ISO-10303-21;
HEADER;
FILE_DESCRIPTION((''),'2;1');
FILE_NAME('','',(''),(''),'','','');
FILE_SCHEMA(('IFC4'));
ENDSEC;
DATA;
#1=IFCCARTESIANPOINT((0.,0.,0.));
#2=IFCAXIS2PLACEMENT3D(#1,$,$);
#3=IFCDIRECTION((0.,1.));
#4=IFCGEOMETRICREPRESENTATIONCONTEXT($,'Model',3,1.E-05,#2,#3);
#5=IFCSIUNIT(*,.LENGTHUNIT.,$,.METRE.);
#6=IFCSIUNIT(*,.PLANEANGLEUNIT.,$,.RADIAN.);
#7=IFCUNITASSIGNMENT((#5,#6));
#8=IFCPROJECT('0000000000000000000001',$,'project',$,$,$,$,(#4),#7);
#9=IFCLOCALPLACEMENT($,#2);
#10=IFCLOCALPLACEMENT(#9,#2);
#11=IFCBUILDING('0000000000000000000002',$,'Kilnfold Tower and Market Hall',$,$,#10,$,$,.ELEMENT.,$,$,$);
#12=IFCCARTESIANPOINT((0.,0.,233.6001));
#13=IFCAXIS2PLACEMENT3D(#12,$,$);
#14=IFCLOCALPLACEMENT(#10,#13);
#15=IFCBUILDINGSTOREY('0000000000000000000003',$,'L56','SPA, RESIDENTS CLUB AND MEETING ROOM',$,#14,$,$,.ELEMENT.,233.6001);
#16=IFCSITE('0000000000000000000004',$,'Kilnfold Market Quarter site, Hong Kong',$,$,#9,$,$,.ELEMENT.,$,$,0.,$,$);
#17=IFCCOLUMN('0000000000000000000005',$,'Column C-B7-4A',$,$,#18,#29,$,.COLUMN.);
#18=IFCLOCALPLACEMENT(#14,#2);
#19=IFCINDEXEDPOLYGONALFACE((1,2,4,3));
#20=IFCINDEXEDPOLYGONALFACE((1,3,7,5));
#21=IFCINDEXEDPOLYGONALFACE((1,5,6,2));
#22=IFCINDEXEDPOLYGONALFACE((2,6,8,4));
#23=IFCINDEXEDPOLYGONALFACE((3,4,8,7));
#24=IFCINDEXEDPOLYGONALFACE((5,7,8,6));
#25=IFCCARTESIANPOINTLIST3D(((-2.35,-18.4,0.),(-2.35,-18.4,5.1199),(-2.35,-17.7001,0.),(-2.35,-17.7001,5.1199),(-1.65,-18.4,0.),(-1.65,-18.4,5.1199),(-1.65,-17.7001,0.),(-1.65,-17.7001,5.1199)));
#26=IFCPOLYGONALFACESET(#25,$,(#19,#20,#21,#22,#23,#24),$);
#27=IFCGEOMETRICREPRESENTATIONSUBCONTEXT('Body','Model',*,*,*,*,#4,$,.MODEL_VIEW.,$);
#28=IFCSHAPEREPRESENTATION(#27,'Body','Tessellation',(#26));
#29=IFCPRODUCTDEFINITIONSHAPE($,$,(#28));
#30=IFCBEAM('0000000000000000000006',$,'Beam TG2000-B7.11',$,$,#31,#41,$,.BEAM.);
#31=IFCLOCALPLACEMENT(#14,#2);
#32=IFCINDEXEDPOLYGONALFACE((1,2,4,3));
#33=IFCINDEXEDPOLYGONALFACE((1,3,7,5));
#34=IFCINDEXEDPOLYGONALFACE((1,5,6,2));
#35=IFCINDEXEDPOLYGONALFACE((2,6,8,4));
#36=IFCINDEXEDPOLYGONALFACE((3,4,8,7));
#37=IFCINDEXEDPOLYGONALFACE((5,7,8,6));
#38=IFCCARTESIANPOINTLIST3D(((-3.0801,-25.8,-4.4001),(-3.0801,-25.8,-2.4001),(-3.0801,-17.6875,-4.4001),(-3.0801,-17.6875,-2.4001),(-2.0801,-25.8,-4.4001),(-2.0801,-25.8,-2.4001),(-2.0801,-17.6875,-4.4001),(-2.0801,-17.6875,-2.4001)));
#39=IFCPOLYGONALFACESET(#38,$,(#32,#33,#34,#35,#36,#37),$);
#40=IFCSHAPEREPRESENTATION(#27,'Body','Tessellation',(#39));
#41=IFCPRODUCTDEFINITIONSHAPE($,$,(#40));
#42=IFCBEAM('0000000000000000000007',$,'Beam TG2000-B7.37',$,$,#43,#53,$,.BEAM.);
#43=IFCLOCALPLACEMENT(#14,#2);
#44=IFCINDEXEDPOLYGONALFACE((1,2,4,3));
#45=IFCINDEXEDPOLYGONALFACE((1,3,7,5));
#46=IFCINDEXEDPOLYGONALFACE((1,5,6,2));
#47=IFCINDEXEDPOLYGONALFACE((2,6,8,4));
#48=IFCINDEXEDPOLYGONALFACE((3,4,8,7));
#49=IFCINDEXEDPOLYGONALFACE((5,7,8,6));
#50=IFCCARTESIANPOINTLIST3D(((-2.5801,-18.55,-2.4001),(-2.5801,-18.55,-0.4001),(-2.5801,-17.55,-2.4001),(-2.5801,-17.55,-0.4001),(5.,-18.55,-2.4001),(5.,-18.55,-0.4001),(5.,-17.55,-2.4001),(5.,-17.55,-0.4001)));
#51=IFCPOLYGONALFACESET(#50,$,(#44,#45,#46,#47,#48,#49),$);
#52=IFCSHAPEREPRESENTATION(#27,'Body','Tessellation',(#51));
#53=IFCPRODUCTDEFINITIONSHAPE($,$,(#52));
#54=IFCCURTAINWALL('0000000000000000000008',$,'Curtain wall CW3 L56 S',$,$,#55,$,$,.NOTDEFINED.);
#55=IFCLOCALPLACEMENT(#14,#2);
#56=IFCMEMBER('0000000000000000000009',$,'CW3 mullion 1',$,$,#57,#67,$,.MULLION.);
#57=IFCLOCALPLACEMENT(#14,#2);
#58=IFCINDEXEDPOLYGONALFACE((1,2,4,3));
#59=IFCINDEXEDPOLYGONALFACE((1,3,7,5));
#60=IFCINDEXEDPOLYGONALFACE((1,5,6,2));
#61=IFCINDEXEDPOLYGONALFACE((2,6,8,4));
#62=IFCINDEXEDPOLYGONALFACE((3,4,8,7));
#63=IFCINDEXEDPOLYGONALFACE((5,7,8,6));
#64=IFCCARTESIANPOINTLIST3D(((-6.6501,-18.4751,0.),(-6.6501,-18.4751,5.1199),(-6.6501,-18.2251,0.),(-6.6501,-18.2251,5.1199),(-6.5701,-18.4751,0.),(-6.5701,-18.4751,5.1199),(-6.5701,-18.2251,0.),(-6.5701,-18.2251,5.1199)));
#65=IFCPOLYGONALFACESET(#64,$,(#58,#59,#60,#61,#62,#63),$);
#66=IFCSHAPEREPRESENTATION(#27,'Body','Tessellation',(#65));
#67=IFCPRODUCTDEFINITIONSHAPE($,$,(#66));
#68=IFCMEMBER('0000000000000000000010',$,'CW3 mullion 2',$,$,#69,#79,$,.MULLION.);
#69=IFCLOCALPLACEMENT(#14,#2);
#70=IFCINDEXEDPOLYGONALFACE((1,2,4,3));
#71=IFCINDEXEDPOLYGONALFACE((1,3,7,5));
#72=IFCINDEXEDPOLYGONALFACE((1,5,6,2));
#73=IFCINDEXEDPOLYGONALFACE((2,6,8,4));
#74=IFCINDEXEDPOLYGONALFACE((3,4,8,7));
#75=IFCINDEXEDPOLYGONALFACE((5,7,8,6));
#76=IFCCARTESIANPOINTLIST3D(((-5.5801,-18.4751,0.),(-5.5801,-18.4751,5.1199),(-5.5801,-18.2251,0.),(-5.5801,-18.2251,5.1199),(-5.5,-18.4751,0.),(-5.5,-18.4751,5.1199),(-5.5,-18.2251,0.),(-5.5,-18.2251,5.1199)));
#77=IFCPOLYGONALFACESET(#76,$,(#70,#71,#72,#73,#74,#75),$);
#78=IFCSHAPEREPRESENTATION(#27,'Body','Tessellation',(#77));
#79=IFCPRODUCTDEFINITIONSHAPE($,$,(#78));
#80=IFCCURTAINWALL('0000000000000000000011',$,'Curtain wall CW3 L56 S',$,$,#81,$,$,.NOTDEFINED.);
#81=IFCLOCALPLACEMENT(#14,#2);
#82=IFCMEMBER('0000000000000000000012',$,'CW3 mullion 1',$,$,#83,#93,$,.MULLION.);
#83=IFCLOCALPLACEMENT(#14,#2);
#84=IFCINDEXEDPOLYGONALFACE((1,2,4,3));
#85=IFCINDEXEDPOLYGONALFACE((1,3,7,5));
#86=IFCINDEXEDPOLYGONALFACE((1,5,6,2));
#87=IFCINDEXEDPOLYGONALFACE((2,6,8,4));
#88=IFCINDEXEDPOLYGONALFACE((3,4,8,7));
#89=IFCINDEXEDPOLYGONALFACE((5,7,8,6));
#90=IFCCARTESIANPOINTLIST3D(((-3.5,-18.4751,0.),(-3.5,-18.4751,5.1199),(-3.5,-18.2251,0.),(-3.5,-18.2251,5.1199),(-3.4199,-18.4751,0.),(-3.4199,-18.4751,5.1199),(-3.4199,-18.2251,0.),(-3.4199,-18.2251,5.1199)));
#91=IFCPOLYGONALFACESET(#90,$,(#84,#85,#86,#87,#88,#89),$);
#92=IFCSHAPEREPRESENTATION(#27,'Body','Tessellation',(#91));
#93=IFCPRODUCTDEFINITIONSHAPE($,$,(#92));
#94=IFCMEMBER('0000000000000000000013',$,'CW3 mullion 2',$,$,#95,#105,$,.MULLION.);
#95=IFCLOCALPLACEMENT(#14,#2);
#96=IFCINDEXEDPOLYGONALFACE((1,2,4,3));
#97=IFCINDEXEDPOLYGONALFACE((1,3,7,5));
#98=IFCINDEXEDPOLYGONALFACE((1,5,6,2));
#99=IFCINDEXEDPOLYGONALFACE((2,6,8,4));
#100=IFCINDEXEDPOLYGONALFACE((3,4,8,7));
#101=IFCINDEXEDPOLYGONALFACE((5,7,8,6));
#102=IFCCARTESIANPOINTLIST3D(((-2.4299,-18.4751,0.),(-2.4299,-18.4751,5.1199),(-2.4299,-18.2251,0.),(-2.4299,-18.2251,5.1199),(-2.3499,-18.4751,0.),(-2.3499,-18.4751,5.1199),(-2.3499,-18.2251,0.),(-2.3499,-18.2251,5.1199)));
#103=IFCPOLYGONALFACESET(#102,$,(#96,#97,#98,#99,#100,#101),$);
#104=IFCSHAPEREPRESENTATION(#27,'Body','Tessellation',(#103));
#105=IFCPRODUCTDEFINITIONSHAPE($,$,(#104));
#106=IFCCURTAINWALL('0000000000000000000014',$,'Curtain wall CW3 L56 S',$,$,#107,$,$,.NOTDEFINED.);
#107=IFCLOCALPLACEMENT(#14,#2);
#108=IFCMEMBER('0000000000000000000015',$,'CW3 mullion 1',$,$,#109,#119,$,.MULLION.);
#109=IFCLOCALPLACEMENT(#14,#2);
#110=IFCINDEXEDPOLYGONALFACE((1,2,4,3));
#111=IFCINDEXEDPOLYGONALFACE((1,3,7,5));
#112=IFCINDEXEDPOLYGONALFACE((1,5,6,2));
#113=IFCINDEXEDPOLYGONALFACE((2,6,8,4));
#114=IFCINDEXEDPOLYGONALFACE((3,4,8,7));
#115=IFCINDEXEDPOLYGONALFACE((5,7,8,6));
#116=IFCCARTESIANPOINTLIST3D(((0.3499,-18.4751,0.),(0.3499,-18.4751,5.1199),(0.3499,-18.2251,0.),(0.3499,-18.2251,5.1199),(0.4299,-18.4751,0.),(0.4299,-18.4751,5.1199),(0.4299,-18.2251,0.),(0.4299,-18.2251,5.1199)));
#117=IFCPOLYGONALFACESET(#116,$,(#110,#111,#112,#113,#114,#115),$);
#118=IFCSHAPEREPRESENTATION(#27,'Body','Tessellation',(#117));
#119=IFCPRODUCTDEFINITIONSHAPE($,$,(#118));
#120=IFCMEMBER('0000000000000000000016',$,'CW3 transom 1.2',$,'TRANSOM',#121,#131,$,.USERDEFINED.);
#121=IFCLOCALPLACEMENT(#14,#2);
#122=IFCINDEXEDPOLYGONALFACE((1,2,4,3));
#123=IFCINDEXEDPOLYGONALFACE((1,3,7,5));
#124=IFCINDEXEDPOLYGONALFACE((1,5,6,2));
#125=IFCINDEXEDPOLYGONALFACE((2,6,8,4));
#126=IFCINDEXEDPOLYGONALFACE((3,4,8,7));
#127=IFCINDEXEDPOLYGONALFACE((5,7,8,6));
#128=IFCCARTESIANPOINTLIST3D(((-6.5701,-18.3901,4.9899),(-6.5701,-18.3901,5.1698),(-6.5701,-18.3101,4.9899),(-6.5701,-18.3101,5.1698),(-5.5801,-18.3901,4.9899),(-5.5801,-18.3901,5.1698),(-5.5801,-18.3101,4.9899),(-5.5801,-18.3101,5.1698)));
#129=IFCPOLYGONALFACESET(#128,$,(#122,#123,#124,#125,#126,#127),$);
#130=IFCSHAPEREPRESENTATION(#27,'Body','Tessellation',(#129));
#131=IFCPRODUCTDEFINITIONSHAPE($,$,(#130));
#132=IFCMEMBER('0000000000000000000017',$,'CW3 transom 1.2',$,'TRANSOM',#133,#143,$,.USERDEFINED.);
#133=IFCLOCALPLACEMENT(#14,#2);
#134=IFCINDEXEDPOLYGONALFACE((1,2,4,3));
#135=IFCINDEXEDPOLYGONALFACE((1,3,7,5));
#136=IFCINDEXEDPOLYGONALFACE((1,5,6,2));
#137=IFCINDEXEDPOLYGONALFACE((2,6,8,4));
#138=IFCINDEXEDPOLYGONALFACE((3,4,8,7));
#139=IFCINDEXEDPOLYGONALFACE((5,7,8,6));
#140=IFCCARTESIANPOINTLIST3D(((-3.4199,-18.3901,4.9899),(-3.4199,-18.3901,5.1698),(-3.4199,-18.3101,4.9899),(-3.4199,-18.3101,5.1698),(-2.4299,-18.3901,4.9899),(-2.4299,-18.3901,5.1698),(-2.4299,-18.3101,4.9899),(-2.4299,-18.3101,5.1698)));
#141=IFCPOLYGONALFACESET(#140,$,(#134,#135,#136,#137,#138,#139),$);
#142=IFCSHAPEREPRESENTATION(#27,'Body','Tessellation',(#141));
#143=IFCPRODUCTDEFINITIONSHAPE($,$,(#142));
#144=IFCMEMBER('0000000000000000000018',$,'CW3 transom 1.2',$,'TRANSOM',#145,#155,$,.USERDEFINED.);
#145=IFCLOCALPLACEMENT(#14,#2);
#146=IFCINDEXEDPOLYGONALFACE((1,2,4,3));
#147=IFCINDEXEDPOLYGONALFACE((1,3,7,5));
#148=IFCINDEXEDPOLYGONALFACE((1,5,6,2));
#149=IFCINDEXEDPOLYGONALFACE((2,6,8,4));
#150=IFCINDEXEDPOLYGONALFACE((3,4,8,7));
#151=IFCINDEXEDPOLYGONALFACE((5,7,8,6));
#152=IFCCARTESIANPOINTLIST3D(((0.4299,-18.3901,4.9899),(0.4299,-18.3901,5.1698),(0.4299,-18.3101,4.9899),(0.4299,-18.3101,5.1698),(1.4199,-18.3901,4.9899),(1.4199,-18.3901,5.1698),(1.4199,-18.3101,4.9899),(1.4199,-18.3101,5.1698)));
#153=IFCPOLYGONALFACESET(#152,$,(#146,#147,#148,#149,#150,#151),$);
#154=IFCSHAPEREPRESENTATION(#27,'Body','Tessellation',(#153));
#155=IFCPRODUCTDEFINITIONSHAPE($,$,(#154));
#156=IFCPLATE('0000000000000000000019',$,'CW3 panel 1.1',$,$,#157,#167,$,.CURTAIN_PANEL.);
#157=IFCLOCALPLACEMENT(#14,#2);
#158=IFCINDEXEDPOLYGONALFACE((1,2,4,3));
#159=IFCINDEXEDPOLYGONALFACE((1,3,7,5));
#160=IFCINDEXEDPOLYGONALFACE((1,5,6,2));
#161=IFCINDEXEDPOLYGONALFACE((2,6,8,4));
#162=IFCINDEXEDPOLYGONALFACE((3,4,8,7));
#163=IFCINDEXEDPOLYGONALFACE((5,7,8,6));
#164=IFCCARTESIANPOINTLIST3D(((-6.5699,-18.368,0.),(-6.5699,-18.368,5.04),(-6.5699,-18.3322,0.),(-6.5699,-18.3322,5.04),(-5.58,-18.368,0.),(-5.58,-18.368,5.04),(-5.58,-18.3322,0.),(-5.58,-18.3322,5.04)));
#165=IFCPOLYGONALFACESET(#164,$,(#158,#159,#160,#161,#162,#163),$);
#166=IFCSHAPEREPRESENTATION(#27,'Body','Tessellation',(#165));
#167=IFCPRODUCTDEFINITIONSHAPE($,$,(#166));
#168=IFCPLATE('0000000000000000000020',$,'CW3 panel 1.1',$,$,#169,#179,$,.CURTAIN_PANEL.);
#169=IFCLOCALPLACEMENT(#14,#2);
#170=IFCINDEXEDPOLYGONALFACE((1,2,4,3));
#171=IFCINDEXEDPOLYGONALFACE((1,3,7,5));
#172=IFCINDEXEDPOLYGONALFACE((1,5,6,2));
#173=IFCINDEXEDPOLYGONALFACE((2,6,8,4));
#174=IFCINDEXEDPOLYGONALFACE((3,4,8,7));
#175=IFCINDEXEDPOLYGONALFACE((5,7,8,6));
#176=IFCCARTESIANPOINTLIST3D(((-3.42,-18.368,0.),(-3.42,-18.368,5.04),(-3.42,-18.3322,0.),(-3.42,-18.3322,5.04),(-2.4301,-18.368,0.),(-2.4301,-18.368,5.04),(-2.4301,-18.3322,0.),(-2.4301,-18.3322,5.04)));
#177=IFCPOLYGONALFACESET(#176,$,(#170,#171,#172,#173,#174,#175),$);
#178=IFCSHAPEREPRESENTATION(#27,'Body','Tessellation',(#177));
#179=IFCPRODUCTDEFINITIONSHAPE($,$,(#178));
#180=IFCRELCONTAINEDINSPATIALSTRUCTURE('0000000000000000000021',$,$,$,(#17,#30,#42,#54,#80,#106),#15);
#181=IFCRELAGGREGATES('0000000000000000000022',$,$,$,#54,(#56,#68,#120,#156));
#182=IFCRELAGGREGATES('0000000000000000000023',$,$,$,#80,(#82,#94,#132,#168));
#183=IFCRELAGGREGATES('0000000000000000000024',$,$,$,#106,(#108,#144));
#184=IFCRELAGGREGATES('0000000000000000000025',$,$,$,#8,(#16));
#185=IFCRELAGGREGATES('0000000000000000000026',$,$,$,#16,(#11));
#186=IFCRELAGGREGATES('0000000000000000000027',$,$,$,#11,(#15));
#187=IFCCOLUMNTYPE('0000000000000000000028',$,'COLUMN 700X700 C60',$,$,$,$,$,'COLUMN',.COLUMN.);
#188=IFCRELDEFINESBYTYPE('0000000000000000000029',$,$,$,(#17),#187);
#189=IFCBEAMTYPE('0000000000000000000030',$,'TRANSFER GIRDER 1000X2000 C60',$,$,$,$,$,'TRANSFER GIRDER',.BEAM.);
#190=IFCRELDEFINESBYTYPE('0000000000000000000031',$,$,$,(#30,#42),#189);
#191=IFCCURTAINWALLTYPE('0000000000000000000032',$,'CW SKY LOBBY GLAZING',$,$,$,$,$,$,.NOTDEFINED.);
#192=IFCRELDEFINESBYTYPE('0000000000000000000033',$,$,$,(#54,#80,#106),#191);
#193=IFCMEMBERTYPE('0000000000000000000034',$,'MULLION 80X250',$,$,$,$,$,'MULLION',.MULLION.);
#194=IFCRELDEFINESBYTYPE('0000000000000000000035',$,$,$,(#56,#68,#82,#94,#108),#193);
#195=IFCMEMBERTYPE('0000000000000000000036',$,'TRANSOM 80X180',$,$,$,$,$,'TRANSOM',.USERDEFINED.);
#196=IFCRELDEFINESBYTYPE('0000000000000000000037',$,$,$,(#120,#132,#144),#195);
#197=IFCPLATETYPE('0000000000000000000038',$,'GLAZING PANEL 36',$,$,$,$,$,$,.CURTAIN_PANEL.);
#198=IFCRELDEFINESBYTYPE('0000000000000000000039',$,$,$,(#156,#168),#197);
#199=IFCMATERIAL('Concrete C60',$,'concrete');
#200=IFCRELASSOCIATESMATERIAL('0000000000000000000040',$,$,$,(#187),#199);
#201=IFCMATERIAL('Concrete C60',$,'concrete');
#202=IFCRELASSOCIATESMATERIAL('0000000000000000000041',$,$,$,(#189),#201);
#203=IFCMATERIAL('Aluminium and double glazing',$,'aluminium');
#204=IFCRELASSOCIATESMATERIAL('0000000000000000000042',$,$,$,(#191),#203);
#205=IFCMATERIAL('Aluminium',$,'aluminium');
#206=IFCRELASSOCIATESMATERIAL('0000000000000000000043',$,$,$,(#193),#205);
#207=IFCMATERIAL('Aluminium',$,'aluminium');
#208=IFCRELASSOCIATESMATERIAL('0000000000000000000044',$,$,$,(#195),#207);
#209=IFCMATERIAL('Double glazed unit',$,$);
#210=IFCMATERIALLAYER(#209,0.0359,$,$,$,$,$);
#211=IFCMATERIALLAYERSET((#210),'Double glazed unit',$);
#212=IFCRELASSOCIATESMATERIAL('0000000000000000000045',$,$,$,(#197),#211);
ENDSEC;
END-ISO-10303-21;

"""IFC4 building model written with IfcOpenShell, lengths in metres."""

from ifc_helpers import new_model, si_unit, direction, frame, origin, origin_2d, place, context, subcontext, project, spatial, rectangle, extrude, source, transform, mapped, material, layer, layer_set, material_profile, profile_set, type_object, element, aggregate, save


model = new_model("IFC4")

# Units and contexts
model_context = context("Model", 3, precision=1e-05, world=origin(), true_north=direction((0.0, 1.0)))
body_context = subcontext(model_context, "Body", "Model", "MODEL_VIEW")
ifc_project = project(units=[si_unit("LENGTHUNIT", "METRE"), si_unit("PLANEANGLEUNIT", "RADIAN")], contexts=[model_context])

# Site, building, storey
site_placement = place(None, origin())
site = spatial("IfcSite", under=ifc_project, at=site_placement, Name="Kilnfold Market Quarter site, Hong Kong", CompositionType="ELEMENT", RefElevation=0.0)
building_placement = place(site_placement, origin())
building = spatial("IfcBuilding", under=site, at=building_placement, Name="Kilnfold Tower and Market Hall", CompositionType="ELEMENT")
storey_placement = place(building_placement, frame((0.0, 0.0, 233.6001)))
storey = spatial("IfcBuildingStorey", under=building, at=storey_placement, Name="L56", Description="SPA, RESIDENTS CLUB AND MEETING ROOM", CompositionType="ELEMENT", Elevation=233.6001)

# Column
ifc_material_1 = material(Name="Concrete C60", Category="concrete")
ifc_material_profile_1 = material_profile(ifc_material_1, rectangle(XDim=0.7, YDim=0.7, at=origin_2d()), Name="RC 700x700")
ifc_profile_set_1 = profile_set([ifc_material_profile_1], Name="Concrete C60")
column_type = type_object("IfcColumnType", Name="COLUMN 700X700 C60", ElementType="COLUMN", PredefinedType="COLUMN", material=ifc_profile_set_1)
shared_shape_1 = source(origin(), body_context, "Body", "SweptSolid", [
    extrude(rectangle(XDim=0.7, YDim=0.7, at=origin_2d()), origin(), (0.0, 0.0, 1.0), 5.1199),
])
column_placement = place(storey_placement, frame((-2.0, -18.05, 0.0), z_axis=(0.0, 0.0, 1.0), x_axis=(1.0, 0.0, 0.0)))
element("IfcColumn", 1, at=column_placement, inside=storey, type_object=column_type, Name="Column C-B7-4A", PredefinedType="COLUMN", context=body_context, shape_type="MappedRepresentation", body=[
    mapped(shared_shape_1, transform((0.0, 0.0, 0.0))),
])

# Beams
ifc_material_2 = material(Name="Concrete C60", Category="concrete")
ifc_material_profile_2 = material_profile(ifc_material_2, rectangle(XDim=1.0, YDim=2.0, at=origin_2d()), Name="RC 1000x2000")
ifc_profile_set_2 = profile_set([ifc_material_profile_2], Name="Concrete C60")
beam_type = type_object("IfcBeamType", Name="TRANSFER GIRDER 1000X2000 C60", ElementType="TRANSFER GIRDER", PredefinedType="BEAM", material=ifc_profile_set_2)
shared_shape_2 = source(origin(), body_context, "Body", "SweptSolid", [
    extrude(rectangle(XDim=1.0, YDim=2.0, at=origin_2d()), origin(), (0.0, 0.0, 1.0), 8.1125),
])
beam_1_placement = place(storey_placement, frame((-2.5801, -25.8, -3.4001), z_axis=(0.0, 1.0, 0.0), x_axis=(-1.0, 0.0, 0.0)))
element("IfcBeam", 2, at=beam_1_placement, inside=storey, type_object=beam_type, Name="Beam TG2000-B7.11", PredefinedType="BEAM", context=body_context, shape_type="MappedRepresentation", body=[
    mapped(shared_shape_2, transform((0.0, 0.0, 0.0))),
])
shared_shape_3 = source(origin(), body_context, "Body", "SweptSolid", [
    extrude(rectangle(XDim=1.0, YDim=2.0, at=origin_2d()), origin(), (0.0, 0.0, 1.0), 7.5801),
])
beam_2_placement = place(storey_placement, frame((-2.5801, -18.05, -1.4001), z_axis=(1.0, 0.0, 0.0), x_axis=(0.0, 1.0, 0.0)))
element("IfcBeam", 3, at=beam_2_placement, inside=storey, type_object=beam_type, Name="Beam TG2000-B7.37", PredefinedType="BEAM", context=body_context, shape_type="MappedRepresentation", body=[
    mapped(shared_shape_3, transform((0.0, 0.0, 0.0))),
])

# Curtain walls, members
ifc_material_3 = material(Name="Aluminium and double glazing", Category="aluminium")
curtain_wall_type = type_object("IfcCurtainWallType", Name="CW SKY LOBBY GLAZING", PredefinedType="NOTDEFINED", material=ifc_material_3)
curtain_wall_1_placement = place(storey_placement, origin())
curtain_wall_1 = element("IfcCurtainWall", 4, at=curtain_wall_1_placement, inside=storey, type_object=curtain_wall_type, Name="Curtain wall CW3 L56 S", PredefinedType="NOTDEFINED")
ifc_material_4 = material(Name="Aluminium", Category="aluminium")
ifc_material_profile_3 = material_profile(ifc_material_4, rectangle(XDim=0.0801, YDim=0.25, at=origin_2d()), Name="MULLION 80x250")
ifc_profile_set_3 = profile_set([ifc_material_profile_3], Name="Aluminium")
member_type_1 = type_object("IfcMemberType", Name="MULLION 80X250", ElementType="MULLION", PredefinedType="MULLION", material=ifc_profile_set_3)
shared_shape_4 = source(origin(), body_context, "Body", "SweptSolid", [
    extrude(rectangle(XDim=0.0801, YDim=0.25, at=origin_2d()), origin(), (0.0, 0.0, 1.0), 5.1199),
])
member_1_placement = place(storey_placement, frame((-6.6101, -18.3501, 0.0), z_axis=(0.0, 0.0, 1.0), x_axis=(1.0, 0.0, 0.0)))
member_1 = element("IfcMember", 5, at=member_1_placement, type_object=member_type_1, Name="CW3 mullion 1", PredefinedType="MULLION", context=body_context, shape_type="MappedRepresentation", body=[
    mapped(shared_shape_4, transform((0.0, 0.0, 0.0))),
])
member_2_placement = place(storey_placement, frame((-5.54, -18.3501, 0.0), z_axis=(0.0, 0.0, 1.0), x_axis=(1.0, 0.0, 0.0)))
member_2 = element("IfcMember", 6, at=member_2_placement, type_object=member_type_1, Name="CW3 mullion 2", PredefinedType="MULLION", context=body_context, shape_type="MappedRepresentation", body=[
    mapped(shared_shape_4, transform((0.0, 0.0, 0.0))),
])
curtain_wall_2_placement = place(storey_placement, origin())
curtain_wall_2 = element("IfcCurtainWall", 7, at=curtain_wall_2_placement, inside=storey, type_object=curtain_wall_type, Name="Curtain wall CW3 L56 S", PredefinedType="NOTDEFINED")
member_3_placement = place(storey_placement, frame((-3.46, -18.3501, 0.0), z_axis=(0.0, 0.0, 1.0), x_axis=(1.0, 0.0, 0.0)))
member_3 = element("IfcMember", 8, at=member_3_placement, type_object=member_type_1, Name="CW3 mullion 1", PredefinedType="MULLION", context=body_context, shape_type="MappedRepresentation", body=[
    mapped(shared_shape_4, transform((0.0, 0.0, 0.0))),
])
member_4_placement = place(storey_placement, frame((-2.3899, -18.3501, 0.0), z_axis=(0.0, 0.0, 1.0), x_axis=(1.0, 0.0, 0.0)))
member_4 = element("IfcMember", 9, at=member_4_placement, type_object=member_type_1, Name="CW3 mullion 2", PredefinedType="MULLION", context=body_context, shape_type="MappedRepresentation", body=[
    mapped(shared_shape_4, transform((0.0, 0.0, 0.0))),
])

# Curtain wall, member
curtain_wall_3_placement = place(storey_placement, origin())
curtain_wall_3 = element("IfcCurtainWall", 10, at=curtain_wall_3_placement, inside=storey, type_object=curtain_wall_type, Name="Curtain wall CW3 L56 S", PredefinedType="NOTDEFINED")
member_5_placement = place(storey_placement, frame((0.3899, -18.3501, 0.0), z_axis=(0.0, 0.0, 1.0), x_axis=(1.0, 0.0, 0.0)))
member_5 = element("IfcMember", 11, at=member_5_placement, type_object=member_type_1, Name="CW3 mullion 1", PredefinedType="MULLION", context=body_context, shape_type="MappedRepresentation", body=[
    mapped(shared_shape_4, transform((0.0, 0.0, 0.0))),
])

# Members
ifc_material_5 = material(Name="Aluminium", Category="aluminium")
ifc_material_profile_4 = material_profile(ifc_material_5, rectangle(XDim=0.0801, YDim=0.1799, at=origin_2d()), Name="TRANSOM 80x180")
ifc_profile_set_4 = profile_set([ifc_material_profile_4], Name="Aluminium")
member_type_2 = type_object("IfcMemberType", Name="TRANSOM 80X180", ElementType="TRANSOM", PredefinedType="USERDEFINED", material=ifc_profile_set_4)
shared_shape_5 = source(origin(), body_context, "Body", "SweptSolid", [
    extrude(rectangle(XDim=0.0801, YDim=0.1799, at=origin_2d()), origin(), (0.0, 0.0, 1.0), 0.99),
])
member_6_placement = place(storey_placement, frame((-6.5701, -18.3501, 5.0798), z_axis=(1.0, 0.0, 0.0), x_axis=(0.0, 1.0, 0.0)))
member_6 = element("IfcMember", 12, at=member_6_placement, type_object=member_type_2, Name="CW3 transom 1.2", ObjectType="TRANSOM", PredefinedType="USERDEFINED", context=body_context, shape_type="MappedRepresentation", body=[
    mapped(shared_shape_5, transform((0.0, 0.0, 0.0))),
])
member_7_placement = place(storey_placement, frame((-3.4199, -18.3501, 5.0798), z_axis=(1.0, 0.0, 0.0), x_axis=(0.0, 1.0, 0.0)))
member_7 = element("IfcMember", 13, at=member_7_placement, type_object=member_type_2, Name="CW3 transom 1.2", ObjectType="TRANSOM", PredefinedType="USERDEFINED", context=body_context, shape_type="MappedRepresentation", body=[
    mapped(shared_shape_5, transform((0.0, 0.0, 0.0))),
])
member_8_placement = place(storey_placement, frame((0.4299, -18.3501, 5.0798), z_axis=(1.0, 0.0, 0.0), x_axis=(0.0, 1.0, 0.0)))
member_8 = element("IfcMember", 14, at=member_8_placement, type_object=member_type_2, Name="CW3 transom 1.2", ObjectType="TRANSOM", PredefinedType="USERDEFINED", context=body_context, shape_type="MappedRepresentation", body=[
    mapped(shared_shape_5, transform((0.0, 0.0, 0.0))),
])

# Plates
ifc_material_6 = material(Name="Double glazed unit")
ifc_layer_1 = layer(ifc_material_6, 0.0359)
ifc_layer_set_1 = layer_set([ifc_layer_1], Name="Double glazed unit")
plate_type = type_object("IfcPlateType", Name="GLAZING PANEL 36", PredefinedType="CURTAIN_PANEL", material=ifc_layer_set_1)
shared_shape_6 = source(origin(), body_context, "Body", "SweptSolid", [
    extrude(rectangle(XDim=0.99, YDim=0.0359, at=origin_2d()), origin(), (0.0, 0.0, 1.0), 5.04),
])
plate_1_placement = place(storey_placement, frame((-6.075, -18.3501, 0.0), z_axis=(0.0, 0.0, 1.0), x_axis=(1.0, 0.0, 0.0)))
plate_1 = element("IfcPlate", 15, at=plate_1_placement, type_object=plate_type, Name="CW3 panel 1.1", PredefinedType="CURTAIN_PANEL", context=body_context, shape_type="MappedRepresentation", body=[
    mapped(shared_shape_6, transform((0.0, 0.0, 0.0))),
])
aggregate(curtain_wall_1, [member_1, member_2, member_6, plate_1])
plate_2_placement = place(storey_placement, frame((-2.925, -18.3501, 0.0), z_axis=(0.0, 0.0, 1.0), x_axis=(1.0, 0.0, 0.0)))
plate_2 = element("IfcPlate", 16, at=plate_2_placement, type_object=plate_type, Name="CW3 panel 1.1", PredefinedType="CURTAIN_PANEL", context=body_context, shape_type="MappedRepresentation", body=[
    mapped(shared_shape_6, transform((0.0, 0.0, 0.0))),
])
aggregate(curtain_wall_2, [member_3, member_4, member_7, plate_2])
aggregate(curtain_wall_3, [member_5, member_8])

save(model, "model.ifc")
